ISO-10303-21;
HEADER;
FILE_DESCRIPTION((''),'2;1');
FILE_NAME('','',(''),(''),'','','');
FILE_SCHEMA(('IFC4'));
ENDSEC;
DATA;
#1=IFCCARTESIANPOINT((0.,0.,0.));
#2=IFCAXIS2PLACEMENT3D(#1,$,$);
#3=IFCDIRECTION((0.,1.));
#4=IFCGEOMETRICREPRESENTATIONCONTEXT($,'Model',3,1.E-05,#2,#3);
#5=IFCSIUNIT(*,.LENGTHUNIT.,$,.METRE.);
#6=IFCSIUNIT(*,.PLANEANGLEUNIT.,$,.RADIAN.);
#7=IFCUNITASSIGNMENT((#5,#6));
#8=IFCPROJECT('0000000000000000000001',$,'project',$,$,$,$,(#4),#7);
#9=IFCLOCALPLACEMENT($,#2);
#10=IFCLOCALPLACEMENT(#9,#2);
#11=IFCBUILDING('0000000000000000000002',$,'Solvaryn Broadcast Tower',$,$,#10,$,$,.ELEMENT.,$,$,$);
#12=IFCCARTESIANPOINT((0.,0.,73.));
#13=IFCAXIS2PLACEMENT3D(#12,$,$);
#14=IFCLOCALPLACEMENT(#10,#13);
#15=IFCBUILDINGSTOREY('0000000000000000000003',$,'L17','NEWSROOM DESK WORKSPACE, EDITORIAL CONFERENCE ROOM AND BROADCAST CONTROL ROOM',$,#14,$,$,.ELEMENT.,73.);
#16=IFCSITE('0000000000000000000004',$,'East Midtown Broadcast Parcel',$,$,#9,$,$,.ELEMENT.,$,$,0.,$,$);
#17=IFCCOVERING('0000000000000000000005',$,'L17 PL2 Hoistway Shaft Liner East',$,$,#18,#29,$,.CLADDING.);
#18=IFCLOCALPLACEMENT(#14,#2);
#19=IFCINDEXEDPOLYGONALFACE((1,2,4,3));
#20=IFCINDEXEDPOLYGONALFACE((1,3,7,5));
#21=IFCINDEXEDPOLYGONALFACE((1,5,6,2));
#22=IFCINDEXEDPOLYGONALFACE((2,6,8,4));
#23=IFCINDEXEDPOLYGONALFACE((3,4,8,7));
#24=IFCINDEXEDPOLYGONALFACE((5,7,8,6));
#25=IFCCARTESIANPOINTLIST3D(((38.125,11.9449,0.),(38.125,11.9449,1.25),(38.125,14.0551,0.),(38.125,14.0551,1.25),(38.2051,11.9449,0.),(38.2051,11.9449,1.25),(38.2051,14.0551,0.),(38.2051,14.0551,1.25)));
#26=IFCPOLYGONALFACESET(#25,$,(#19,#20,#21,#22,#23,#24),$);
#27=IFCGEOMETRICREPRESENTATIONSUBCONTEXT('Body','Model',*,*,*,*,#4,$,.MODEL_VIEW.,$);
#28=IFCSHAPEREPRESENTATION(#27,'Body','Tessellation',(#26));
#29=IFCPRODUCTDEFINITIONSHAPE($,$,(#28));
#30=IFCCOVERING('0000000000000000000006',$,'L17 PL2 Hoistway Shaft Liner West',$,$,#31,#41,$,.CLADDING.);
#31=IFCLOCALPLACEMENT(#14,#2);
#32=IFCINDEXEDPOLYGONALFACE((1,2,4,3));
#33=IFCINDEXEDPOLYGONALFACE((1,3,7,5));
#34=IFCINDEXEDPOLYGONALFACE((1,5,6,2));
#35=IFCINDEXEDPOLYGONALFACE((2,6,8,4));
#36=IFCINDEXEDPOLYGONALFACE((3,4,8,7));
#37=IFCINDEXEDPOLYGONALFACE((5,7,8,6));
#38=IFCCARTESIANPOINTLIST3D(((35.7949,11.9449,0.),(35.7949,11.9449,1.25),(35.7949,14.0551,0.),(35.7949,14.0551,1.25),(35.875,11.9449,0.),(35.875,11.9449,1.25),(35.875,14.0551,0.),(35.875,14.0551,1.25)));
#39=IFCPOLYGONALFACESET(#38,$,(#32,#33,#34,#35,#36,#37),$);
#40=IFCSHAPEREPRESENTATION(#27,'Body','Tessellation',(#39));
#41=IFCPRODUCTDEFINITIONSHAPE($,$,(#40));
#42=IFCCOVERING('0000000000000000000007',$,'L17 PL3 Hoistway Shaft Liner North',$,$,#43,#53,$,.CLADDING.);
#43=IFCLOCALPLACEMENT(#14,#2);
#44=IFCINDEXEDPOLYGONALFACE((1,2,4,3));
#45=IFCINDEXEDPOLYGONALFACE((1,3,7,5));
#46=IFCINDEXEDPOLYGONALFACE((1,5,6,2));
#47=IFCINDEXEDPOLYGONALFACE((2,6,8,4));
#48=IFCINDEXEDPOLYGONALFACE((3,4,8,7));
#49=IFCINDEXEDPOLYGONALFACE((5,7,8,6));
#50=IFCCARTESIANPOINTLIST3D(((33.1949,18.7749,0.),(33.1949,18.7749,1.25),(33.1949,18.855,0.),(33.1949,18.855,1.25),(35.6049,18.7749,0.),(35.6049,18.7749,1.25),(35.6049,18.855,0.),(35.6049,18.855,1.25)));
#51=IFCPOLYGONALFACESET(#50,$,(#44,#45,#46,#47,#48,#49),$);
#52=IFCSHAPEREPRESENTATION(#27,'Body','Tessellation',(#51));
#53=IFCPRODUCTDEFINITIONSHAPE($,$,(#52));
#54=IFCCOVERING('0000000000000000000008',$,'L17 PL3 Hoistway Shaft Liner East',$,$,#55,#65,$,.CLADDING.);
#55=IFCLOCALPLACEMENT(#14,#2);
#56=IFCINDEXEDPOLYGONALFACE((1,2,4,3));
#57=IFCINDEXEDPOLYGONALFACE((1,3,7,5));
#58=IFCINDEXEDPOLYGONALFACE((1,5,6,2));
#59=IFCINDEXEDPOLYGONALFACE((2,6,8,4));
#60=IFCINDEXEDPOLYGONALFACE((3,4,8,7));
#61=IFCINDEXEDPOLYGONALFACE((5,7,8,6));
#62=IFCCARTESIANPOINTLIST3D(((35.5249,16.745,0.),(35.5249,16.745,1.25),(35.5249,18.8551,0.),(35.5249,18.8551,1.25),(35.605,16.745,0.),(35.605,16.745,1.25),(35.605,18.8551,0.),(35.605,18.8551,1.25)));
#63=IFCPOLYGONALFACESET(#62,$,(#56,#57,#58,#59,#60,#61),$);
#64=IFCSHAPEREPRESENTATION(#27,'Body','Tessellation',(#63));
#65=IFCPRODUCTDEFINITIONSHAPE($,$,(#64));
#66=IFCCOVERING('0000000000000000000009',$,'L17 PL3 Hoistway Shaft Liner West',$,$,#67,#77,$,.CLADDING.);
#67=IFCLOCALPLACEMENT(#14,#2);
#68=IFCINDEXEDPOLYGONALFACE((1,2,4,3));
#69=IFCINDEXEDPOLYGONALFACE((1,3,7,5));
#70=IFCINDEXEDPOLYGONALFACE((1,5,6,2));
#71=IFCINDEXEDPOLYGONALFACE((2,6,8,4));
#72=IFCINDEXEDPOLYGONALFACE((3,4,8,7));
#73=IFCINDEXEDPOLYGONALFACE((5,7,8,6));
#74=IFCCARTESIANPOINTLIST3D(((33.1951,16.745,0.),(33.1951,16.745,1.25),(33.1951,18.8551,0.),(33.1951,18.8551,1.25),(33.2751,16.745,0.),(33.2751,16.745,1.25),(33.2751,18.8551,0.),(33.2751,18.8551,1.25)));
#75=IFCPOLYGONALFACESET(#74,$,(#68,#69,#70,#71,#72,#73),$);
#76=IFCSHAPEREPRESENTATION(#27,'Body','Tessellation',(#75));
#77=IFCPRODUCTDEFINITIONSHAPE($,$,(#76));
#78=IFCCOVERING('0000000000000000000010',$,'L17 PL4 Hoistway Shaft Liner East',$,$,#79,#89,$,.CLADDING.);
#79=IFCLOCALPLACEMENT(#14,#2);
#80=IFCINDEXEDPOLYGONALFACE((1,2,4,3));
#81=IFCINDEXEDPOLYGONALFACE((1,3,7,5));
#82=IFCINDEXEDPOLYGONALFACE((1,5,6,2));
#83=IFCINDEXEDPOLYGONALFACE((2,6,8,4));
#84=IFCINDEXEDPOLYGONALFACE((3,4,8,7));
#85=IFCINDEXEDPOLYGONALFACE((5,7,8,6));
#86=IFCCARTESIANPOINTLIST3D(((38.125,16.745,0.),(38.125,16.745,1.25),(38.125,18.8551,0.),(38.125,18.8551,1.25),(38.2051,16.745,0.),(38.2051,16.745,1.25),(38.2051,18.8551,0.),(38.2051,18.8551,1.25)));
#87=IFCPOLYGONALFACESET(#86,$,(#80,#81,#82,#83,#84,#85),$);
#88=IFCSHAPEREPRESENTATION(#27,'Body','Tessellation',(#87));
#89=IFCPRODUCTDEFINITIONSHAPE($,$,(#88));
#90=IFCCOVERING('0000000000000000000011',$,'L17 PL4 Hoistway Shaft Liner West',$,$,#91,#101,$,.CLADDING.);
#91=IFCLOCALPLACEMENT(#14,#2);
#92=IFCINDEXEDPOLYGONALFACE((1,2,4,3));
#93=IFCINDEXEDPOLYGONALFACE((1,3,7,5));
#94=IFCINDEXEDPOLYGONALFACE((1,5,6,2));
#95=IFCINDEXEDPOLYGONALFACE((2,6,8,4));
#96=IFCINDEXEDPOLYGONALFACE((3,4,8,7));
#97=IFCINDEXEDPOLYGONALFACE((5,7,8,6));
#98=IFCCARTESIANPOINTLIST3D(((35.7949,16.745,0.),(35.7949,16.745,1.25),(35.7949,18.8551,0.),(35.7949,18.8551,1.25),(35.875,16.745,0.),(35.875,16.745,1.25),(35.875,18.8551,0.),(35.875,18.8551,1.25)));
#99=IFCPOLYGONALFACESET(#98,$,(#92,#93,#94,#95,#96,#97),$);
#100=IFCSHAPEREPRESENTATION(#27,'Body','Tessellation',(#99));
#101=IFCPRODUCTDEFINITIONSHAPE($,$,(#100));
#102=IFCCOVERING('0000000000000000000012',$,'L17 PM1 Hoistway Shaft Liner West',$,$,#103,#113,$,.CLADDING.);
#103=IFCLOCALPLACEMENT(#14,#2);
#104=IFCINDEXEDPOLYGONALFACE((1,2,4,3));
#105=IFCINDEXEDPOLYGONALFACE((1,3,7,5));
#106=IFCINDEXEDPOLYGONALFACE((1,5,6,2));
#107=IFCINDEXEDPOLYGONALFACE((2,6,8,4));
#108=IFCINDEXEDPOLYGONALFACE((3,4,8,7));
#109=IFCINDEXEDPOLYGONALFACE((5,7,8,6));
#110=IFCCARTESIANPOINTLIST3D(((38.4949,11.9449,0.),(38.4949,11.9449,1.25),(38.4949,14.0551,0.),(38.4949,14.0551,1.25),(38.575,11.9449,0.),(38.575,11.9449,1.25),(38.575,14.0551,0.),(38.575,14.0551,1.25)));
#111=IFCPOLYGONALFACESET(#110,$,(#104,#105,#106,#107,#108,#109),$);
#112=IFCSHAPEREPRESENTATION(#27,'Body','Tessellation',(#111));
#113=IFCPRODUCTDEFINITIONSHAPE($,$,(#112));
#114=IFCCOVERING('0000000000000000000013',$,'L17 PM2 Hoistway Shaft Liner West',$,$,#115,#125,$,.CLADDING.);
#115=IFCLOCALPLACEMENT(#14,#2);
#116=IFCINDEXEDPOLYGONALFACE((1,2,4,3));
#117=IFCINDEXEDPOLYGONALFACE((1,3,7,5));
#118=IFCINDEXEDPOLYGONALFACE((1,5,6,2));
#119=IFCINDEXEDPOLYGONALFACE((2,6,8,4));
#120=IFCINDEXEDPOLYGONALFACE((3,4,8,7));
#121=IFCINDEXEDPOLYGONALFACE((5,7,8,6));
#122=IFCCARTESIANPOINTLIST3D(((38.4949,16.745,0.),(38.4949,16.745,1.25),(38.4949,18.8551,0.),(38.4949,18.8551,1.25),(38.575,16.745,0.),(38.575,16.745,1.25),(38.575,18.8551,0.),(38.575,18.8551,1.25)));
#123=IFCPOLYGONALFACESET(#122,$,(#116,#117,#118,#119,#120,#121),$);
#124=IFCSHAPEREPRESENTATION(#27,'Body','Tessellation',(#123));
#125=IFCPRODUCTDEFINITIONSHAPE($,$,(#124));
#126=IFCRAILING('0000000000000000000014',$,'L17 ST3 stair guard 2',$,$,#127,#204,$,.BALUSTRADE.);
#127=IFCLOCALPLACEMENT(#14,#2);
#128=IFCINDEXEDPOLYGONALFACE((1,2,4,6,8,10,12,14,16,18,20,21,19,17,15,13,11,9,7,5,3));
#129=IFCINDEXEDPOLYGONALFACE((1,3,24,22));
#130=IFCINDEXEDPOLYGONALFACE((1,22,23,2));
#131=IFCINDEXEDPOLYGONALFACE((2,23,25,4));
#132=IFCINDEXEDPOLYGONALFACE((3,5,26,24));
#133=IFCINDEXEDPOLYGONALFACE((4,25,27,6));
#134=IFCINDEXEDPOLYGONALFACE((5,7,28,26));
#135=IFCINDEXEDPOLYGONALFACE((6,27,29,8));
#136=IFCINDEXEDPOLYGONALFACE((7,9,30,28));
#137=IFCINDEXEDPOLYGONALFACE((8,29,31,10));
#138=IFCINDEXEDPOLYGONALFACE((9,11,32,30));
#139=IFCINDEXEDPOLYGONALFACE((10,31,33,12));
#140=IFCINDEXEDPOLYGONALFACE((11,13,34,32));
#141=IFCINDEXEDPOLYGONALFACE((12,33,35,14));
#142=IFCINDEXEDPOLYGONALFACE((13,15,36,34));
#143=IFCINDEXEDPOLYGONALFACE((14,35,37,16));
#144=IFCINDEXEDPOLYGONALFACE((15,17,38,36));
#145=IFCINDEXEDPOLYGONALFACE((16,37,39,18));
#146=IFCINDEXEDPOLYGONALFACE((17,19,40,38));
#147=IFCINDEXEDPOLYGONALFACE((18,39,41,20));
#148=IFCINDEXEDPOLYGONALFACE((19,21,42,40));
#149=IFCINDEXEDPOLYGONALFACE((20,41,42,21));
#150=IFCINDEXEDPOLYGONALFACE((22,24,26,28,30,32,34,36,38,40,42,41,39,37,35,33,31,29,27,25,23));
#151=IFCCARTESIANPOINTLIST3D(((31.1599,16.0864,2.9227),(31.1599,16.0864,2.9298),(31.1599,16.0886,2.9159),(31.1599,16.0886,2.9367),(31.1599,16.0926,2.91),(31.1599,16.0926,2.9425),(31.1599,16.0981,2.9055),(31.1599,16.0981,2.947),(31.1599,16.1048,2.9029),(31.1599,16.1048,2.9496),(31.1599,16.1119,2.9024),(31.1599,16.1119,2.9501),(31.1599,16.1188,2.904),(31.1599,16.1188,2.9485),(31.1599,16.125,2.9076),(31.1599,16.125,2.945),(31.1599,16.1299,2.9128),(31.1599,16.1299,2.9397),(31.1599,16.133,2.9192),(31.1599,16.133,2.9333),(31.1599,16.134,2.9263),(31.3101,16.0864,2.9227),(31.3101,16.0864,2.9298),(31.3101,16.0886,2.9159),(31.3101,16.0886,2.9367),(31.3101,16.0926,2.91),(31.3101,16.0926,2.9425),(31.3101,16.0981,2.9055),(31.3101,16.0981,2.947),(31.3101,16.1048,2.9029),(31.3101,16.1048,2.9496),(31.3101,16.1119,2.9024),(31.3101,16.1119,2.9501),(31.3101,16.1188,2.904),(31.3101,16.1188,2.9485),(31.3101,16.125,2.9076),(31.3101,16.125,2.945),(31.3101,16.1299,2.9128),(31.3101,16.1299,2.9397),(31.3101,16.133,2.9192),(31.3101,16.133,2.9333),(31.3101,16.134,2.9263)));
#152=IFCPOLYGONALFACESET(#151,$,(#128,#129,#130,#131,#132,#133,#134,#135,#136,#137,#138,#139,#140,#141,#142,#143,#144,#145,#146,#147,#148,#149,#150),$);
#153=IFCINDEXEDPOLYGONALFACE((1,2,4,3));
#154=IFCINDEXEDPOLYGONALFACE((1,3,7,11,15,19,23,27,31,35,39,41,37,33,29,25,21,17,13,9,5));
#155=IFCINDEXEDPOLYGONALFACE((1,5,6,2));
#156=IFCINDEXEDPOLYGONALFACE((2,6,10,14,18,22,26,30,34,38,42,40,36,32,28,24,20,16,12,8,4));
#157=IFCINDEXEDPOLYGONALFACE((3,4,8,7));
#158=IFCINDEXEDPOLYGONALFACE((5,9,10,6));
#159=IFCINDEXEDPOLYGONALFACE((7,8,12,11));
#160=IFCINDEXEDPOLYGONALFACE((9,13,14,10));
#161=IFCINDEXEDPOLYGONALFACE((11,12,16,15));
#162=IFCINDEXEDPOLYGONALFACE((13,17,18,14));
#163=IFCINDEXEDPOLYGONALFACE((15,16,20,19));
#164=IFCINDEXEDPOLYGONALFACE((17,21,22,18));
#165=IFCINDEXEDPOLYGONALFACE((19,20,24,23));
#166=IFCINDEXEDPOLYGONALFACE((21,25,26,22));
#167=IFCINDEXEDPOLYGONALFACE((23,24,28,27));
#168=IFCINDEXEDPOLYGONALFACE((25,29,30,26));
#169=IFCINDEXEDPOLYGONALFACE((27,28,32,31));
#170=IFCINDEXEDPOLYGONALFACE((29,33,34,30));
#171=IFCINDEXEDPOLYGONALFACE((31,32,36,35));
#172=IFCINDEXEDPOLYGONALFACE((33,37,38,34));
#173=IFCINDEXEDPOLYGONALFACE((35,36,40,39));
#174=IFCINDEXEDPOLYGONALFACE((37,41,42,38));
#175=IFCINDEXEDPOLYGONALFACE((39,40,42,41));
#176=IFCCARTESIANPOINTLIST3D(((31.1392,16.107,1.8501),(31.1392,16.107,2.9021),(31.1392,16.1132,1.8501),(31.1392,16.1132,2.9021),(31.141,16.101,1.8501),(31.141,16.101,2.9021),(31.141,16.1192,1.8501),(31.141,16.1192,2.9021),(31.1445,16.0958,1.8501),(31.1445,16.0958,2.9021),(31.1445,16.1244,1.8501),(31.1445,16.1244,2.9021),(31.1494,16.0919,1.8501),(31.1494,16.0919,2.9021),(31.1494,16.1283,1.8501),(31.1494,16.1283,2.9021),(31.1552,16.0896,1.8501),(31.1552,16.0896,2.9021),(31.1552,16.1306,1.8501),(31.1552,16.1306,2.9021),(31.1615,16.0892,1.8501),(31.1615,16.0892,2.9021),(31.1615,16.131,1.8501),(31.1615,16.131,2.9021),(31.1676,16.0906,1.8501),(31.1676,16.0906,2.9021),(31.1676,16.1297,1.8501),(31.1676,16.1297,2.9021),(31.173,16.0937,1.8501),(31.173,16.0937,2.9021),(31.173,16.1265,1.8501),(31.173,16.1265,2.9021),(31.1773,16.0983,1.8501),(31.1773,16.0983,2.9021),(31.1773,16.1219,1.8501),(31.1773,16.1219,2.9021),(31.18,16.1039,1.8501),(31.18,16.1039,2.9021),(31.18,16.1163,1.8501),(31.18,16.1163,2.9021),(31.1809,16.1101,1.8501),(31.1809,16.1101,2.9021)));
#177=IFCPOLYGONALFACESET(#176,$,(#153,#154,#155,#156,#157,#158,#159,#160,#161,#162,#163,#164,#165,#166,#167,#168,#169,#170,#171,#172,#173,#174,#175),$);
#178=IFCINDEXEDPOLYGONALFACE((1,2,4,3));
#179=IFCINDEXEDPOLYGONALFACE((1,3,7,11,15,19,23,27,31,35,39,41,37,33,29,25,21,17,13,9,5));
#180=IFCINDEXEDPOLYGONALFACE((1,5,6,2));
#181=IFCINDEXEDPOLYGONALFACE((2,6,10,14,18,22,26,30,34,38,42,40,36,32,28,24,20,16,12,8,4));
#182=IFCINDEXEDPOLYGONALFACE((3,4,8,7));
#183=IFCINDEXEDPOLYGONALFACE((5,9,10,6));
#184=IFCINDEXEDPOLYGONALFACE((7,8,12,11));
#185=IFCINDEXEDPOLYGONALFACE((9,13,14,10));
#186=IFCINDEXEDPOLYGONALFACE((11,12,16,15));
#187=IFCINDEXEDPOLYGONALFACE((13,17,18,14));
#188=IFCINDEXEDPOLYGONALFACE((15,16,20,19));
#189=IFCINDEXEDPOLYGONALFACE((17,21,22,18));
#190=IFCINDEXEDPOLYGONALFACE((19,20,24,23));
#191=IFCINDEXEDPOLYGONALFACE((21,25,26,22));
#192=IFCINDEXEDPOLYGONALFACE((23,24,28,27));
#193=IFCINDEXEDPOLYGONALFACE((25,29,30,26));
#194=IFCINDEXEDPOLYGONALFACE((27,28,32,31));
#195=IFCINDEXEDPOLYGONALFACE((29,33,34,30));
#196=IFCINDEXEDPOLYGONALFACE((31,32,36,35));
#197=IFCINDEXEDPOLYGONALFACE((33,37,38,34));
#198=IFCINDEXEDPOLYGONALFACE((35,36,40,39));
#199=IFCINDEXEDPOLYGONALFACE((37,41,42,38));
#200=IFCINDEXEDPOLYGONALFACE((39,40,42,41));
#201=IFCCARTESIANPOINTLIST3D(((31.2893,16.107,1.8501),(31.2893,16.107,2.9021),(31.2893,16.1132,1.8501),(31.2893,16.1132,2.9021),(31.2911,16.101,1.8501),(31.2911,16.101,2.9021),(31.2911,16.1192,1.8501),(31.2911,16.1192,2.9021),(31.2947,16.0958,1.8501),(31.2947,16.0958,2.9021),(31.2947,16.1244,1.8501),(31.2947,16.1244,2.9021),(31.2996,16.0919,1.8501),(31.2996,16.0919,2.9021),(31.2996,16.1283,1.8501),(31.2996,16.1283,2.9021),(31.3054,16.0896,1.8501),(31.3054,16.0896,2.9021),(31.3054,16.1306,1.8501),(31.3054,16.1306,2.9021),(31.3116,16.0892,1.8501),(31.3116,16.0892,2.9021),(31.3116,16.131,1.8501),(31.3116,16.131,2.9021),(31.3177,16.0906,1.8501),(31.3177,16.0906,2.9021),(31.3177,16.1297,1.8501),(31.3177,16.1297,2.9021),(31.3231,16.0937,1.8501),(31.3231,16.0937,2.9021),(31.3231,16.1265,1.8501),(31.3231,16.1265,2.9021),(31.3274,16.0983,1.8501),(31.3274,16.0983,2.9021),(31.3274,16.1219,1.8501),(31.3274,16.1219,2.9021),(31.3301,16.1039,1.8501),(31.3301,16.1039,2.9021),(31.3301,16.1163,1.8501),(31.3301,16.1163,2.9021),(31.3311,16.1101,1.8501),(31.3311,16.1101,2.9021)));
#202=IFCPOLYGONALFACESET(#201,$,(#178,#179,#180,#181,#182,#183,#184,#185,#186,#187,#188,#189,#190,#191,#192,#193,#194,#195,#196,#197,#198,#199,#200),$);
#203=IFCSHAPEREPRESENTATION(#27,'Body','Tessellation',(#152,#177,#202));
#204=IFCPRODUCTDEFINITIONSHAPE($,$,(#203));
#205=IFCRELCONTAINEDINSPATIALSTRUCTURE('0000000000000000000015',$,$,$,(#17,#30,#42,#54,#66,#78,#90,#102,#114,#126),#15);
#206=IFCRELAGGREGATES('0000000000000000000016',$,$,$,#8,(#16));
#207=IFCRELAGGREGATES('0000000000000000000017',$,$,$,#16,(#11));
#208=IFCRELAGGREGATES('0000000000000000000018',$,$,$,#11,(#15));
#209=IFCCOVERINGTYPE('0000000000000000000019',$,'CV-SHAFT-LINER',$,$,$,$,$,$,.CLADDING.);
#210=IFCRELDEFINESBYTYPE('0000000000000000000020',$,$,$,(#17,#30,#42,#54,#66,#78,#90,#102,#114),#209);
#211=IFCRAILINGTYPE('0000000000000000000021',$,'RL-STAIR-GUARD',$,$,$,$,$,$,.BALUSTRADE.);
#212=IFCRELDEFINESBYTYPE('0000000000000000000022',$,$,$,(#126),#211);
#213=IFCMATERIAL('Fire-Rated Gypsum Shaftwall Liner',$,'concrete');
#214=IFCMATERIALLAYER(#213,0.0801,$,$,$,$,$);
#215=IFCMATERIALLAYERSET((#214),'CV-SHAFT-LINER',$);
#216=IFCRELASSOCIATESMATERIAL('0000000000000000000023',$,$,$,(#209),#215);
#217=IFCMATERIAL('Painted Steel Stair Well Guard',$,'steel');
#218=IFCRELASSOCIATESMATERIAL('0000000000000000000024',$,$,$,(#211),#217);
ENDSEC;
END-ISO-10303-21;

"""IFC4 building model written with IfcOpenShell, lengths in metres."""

from ifc_helpers import new_model, si_unit, direction, frame, origin, origin_2d, place, context, subcontext, project, spatial, rectangle, circle, extrude, material, layer, layer_set, type_object, element, save


model = new_model("IFC4")

# Units and contexts
model_context = context("Model", 3, precision=1e-05, world=origin(), true_north=direction((0.0, 1.0)))
body_context = subcontext(model_context, "Body", "Model", "MODEL_VIEW")
ifc_project = project(units=[si_unit("LENGTHUNIT", "METRE"), si_unit("PLANEANGLEUNIT", "RADIAN")], contexts=[model_context])

# Site, building, storey
site_placement = place(None, origin())
site = spatial("IfcSite", under=ifc_project, at=site_placement, Name="East Midtown Broadcast Parcel", CompositionType="ELEMENT", RefElevation=0.0)
building_placement = place(site_placement, origin())
building = spatial("IfcBuilding", under=site, at=building_placement, Name="Solvaryn Broadcast Tower", CompositionType="ELEMENT")
storey_placement = place(building_placement, frame((0.0, 0.0, 73.0)))
storey = spatial("IfcBuildingStorey", under=building, at=storey_placement, Name="L17", Description="NEWSROOM DESK WORKSPACE, EDITORIAL CONFERENCE ROOM AND BROADCAST CONTROL ROOM", CompositionType="ELEMENT", Elevation=73.0)

# Coverings
ifc_material_1 = material(Name="Fire-Rated Gypsum Shaftwall Liner", Category="concrete")
ifc_layer_1 = layer(ifc_material_1, 0.0801)
ifc_layer_set_1 = layer_set([ifc_layer_1], Name="CV-SHAFT-LINER")
covering_type = type_object("IfcCoveringType", Name="CV-SHAFT-LINER", PredefinedType="CLADDING", material=ifc_layer_set_1)
for number, where, z_axis, x_axis, name in (
    (1, (38.165, 13.0, 0.0), (0.0, 0.0, 1.0), (1.0, 0.0, 0.0), "L17 PL2 Hoistway Shaft Liner East"),
    (2, (35.835, 13.0, 0.0), (0.0, 0.0, 1.0), (1.0, 0.0, 0.0), "L17 PL2 Hoistway Shaft Liner West"),
):
    element("IfcCovering", number, at=place(storey_placement, frame(where, z_axis=z_axis, x_axis=x_axis)), inside=storey, type_object=covering_type, Name=name, PredefinedType="CLADDING", context=body_context, shape_type="SweptSolid", body=[
        extrude(rectangle(XDim=0.0801, YDim=2.1101, at=origin_2d()), origin(), (0.0, 0.0, 1.0), 1.25),
    ])
covering_1_placement = place(storey_placement, frame((34.3999, 18.8149, 0.0), z_axis=(0.0, 0.0, 1.0), x_axis=(1.0, 0.0, 0.0)))
element("IfcCovering", 3, at=covering_1_placement, inside=storey, type_object=covering_type, Name="L17 PL3 Hoistway Shaft Liner North", PredefinedType="CLADDING", context=body_context, shape_type="SweptSolid", body=[
    extrude(rectangle(XDim=2.4099, YDim=0.0801, at=origin_2d()), origin(), (0.0, 0.0, 1.0), 1.25),
])
for number, where, z_axis, x_axis, name in (
    (4, (35.5649, 17.8, 0.0), (0.0, 0.0, 1.0), (1.0, 0.0, 0.0), "L17 PL3 Hoistway Shaft Liner East"),
    (5, (33.2351, 17.8, 0.0), (0.0, 0.0, 1.0), (1.0, 0.0, 0.0), "L17 PL3 Hoistway Shaft Liner West"),
    (6, (38.165, 17.8, 0.0), (0.0, 0.0, 1.0), (1.0, 0.0, 0.0), "L17 PL4 Hoistway Shaft Liner East"),
    (7, (35.835, 17.8, 0.0), (0.0, 0.0, 1.0), (1.0, 0.0, 0.0), "L17 PL4 Hoistway Shaft Liner West"),
    (8, (38.5349, 13.0, 0.0), (0.0, 0.0, 1.0), (1.0, 0.0, 0.0), "L17 PM1 Hoistway Shaft Liner West"),
    (9, (38.5349, 17.8, 0.0), (0.0, 0.0, 1.0), (1.0, 0.0, 0.0), "L17 PM2 Hoistway Shaft Liner West"),
):
    element("IfcCovering", number, at=place(storey_placement, frame(where, z_axis=z_axis, x_axis=x_axis)), inside=storey, type_object=covering_type, Name=name, PredefinedType="CLADDING", context=body_context, shape_type="SweptSolid", body=[
        extrude(rectangle(XDim=0.0801, YDim=2.1101, at=origin_2d()), origin(), (0.0, 0.0, 1.0), 1.25),
    ])

# Railing
ifc_material_2 = material(Name="Painted Steel Stair Well Guard", Category="steel")
railing_type_1 = type_object("IfcRailingType", Name="RL-STAIR-GUARD", PredefinedType="BALUSTRADE", material=ifc_material_2)
railing_1_placement = place(storey_placement, frame((31.1599, 16.1101, 1.8501)))
element("IfcRailing", 10, at=railing_1_placement, inside=storey, type_object=railing_type_1, Name="L17 ST3 stair guard 2", PredefinedType="BALUSTRADE", context=body_context, shape_type="SweptSolid", body=[
    extrude(circle(Radius=0.0239, at=origin_2d()), frame((0.0, 0.0, 1.0762), z_axis=(1.0, 0.0, 0.0), x_axis=(0.0, 1.0, 0.0)), (0.0, 0.0, 1.0), 0.1501),
    extrude(circle(Radius=0.021, at=origin_2d()), origin(), (0.0, 0.0, 1.0), 1.052),
    extrude(circle(Radius=0.021, at=origin_2d()), frame((0.1501, 0.0, 0.0)), (0.0, 0.0, 1.0), 1.052),
])

save(model, "model.ifc")
